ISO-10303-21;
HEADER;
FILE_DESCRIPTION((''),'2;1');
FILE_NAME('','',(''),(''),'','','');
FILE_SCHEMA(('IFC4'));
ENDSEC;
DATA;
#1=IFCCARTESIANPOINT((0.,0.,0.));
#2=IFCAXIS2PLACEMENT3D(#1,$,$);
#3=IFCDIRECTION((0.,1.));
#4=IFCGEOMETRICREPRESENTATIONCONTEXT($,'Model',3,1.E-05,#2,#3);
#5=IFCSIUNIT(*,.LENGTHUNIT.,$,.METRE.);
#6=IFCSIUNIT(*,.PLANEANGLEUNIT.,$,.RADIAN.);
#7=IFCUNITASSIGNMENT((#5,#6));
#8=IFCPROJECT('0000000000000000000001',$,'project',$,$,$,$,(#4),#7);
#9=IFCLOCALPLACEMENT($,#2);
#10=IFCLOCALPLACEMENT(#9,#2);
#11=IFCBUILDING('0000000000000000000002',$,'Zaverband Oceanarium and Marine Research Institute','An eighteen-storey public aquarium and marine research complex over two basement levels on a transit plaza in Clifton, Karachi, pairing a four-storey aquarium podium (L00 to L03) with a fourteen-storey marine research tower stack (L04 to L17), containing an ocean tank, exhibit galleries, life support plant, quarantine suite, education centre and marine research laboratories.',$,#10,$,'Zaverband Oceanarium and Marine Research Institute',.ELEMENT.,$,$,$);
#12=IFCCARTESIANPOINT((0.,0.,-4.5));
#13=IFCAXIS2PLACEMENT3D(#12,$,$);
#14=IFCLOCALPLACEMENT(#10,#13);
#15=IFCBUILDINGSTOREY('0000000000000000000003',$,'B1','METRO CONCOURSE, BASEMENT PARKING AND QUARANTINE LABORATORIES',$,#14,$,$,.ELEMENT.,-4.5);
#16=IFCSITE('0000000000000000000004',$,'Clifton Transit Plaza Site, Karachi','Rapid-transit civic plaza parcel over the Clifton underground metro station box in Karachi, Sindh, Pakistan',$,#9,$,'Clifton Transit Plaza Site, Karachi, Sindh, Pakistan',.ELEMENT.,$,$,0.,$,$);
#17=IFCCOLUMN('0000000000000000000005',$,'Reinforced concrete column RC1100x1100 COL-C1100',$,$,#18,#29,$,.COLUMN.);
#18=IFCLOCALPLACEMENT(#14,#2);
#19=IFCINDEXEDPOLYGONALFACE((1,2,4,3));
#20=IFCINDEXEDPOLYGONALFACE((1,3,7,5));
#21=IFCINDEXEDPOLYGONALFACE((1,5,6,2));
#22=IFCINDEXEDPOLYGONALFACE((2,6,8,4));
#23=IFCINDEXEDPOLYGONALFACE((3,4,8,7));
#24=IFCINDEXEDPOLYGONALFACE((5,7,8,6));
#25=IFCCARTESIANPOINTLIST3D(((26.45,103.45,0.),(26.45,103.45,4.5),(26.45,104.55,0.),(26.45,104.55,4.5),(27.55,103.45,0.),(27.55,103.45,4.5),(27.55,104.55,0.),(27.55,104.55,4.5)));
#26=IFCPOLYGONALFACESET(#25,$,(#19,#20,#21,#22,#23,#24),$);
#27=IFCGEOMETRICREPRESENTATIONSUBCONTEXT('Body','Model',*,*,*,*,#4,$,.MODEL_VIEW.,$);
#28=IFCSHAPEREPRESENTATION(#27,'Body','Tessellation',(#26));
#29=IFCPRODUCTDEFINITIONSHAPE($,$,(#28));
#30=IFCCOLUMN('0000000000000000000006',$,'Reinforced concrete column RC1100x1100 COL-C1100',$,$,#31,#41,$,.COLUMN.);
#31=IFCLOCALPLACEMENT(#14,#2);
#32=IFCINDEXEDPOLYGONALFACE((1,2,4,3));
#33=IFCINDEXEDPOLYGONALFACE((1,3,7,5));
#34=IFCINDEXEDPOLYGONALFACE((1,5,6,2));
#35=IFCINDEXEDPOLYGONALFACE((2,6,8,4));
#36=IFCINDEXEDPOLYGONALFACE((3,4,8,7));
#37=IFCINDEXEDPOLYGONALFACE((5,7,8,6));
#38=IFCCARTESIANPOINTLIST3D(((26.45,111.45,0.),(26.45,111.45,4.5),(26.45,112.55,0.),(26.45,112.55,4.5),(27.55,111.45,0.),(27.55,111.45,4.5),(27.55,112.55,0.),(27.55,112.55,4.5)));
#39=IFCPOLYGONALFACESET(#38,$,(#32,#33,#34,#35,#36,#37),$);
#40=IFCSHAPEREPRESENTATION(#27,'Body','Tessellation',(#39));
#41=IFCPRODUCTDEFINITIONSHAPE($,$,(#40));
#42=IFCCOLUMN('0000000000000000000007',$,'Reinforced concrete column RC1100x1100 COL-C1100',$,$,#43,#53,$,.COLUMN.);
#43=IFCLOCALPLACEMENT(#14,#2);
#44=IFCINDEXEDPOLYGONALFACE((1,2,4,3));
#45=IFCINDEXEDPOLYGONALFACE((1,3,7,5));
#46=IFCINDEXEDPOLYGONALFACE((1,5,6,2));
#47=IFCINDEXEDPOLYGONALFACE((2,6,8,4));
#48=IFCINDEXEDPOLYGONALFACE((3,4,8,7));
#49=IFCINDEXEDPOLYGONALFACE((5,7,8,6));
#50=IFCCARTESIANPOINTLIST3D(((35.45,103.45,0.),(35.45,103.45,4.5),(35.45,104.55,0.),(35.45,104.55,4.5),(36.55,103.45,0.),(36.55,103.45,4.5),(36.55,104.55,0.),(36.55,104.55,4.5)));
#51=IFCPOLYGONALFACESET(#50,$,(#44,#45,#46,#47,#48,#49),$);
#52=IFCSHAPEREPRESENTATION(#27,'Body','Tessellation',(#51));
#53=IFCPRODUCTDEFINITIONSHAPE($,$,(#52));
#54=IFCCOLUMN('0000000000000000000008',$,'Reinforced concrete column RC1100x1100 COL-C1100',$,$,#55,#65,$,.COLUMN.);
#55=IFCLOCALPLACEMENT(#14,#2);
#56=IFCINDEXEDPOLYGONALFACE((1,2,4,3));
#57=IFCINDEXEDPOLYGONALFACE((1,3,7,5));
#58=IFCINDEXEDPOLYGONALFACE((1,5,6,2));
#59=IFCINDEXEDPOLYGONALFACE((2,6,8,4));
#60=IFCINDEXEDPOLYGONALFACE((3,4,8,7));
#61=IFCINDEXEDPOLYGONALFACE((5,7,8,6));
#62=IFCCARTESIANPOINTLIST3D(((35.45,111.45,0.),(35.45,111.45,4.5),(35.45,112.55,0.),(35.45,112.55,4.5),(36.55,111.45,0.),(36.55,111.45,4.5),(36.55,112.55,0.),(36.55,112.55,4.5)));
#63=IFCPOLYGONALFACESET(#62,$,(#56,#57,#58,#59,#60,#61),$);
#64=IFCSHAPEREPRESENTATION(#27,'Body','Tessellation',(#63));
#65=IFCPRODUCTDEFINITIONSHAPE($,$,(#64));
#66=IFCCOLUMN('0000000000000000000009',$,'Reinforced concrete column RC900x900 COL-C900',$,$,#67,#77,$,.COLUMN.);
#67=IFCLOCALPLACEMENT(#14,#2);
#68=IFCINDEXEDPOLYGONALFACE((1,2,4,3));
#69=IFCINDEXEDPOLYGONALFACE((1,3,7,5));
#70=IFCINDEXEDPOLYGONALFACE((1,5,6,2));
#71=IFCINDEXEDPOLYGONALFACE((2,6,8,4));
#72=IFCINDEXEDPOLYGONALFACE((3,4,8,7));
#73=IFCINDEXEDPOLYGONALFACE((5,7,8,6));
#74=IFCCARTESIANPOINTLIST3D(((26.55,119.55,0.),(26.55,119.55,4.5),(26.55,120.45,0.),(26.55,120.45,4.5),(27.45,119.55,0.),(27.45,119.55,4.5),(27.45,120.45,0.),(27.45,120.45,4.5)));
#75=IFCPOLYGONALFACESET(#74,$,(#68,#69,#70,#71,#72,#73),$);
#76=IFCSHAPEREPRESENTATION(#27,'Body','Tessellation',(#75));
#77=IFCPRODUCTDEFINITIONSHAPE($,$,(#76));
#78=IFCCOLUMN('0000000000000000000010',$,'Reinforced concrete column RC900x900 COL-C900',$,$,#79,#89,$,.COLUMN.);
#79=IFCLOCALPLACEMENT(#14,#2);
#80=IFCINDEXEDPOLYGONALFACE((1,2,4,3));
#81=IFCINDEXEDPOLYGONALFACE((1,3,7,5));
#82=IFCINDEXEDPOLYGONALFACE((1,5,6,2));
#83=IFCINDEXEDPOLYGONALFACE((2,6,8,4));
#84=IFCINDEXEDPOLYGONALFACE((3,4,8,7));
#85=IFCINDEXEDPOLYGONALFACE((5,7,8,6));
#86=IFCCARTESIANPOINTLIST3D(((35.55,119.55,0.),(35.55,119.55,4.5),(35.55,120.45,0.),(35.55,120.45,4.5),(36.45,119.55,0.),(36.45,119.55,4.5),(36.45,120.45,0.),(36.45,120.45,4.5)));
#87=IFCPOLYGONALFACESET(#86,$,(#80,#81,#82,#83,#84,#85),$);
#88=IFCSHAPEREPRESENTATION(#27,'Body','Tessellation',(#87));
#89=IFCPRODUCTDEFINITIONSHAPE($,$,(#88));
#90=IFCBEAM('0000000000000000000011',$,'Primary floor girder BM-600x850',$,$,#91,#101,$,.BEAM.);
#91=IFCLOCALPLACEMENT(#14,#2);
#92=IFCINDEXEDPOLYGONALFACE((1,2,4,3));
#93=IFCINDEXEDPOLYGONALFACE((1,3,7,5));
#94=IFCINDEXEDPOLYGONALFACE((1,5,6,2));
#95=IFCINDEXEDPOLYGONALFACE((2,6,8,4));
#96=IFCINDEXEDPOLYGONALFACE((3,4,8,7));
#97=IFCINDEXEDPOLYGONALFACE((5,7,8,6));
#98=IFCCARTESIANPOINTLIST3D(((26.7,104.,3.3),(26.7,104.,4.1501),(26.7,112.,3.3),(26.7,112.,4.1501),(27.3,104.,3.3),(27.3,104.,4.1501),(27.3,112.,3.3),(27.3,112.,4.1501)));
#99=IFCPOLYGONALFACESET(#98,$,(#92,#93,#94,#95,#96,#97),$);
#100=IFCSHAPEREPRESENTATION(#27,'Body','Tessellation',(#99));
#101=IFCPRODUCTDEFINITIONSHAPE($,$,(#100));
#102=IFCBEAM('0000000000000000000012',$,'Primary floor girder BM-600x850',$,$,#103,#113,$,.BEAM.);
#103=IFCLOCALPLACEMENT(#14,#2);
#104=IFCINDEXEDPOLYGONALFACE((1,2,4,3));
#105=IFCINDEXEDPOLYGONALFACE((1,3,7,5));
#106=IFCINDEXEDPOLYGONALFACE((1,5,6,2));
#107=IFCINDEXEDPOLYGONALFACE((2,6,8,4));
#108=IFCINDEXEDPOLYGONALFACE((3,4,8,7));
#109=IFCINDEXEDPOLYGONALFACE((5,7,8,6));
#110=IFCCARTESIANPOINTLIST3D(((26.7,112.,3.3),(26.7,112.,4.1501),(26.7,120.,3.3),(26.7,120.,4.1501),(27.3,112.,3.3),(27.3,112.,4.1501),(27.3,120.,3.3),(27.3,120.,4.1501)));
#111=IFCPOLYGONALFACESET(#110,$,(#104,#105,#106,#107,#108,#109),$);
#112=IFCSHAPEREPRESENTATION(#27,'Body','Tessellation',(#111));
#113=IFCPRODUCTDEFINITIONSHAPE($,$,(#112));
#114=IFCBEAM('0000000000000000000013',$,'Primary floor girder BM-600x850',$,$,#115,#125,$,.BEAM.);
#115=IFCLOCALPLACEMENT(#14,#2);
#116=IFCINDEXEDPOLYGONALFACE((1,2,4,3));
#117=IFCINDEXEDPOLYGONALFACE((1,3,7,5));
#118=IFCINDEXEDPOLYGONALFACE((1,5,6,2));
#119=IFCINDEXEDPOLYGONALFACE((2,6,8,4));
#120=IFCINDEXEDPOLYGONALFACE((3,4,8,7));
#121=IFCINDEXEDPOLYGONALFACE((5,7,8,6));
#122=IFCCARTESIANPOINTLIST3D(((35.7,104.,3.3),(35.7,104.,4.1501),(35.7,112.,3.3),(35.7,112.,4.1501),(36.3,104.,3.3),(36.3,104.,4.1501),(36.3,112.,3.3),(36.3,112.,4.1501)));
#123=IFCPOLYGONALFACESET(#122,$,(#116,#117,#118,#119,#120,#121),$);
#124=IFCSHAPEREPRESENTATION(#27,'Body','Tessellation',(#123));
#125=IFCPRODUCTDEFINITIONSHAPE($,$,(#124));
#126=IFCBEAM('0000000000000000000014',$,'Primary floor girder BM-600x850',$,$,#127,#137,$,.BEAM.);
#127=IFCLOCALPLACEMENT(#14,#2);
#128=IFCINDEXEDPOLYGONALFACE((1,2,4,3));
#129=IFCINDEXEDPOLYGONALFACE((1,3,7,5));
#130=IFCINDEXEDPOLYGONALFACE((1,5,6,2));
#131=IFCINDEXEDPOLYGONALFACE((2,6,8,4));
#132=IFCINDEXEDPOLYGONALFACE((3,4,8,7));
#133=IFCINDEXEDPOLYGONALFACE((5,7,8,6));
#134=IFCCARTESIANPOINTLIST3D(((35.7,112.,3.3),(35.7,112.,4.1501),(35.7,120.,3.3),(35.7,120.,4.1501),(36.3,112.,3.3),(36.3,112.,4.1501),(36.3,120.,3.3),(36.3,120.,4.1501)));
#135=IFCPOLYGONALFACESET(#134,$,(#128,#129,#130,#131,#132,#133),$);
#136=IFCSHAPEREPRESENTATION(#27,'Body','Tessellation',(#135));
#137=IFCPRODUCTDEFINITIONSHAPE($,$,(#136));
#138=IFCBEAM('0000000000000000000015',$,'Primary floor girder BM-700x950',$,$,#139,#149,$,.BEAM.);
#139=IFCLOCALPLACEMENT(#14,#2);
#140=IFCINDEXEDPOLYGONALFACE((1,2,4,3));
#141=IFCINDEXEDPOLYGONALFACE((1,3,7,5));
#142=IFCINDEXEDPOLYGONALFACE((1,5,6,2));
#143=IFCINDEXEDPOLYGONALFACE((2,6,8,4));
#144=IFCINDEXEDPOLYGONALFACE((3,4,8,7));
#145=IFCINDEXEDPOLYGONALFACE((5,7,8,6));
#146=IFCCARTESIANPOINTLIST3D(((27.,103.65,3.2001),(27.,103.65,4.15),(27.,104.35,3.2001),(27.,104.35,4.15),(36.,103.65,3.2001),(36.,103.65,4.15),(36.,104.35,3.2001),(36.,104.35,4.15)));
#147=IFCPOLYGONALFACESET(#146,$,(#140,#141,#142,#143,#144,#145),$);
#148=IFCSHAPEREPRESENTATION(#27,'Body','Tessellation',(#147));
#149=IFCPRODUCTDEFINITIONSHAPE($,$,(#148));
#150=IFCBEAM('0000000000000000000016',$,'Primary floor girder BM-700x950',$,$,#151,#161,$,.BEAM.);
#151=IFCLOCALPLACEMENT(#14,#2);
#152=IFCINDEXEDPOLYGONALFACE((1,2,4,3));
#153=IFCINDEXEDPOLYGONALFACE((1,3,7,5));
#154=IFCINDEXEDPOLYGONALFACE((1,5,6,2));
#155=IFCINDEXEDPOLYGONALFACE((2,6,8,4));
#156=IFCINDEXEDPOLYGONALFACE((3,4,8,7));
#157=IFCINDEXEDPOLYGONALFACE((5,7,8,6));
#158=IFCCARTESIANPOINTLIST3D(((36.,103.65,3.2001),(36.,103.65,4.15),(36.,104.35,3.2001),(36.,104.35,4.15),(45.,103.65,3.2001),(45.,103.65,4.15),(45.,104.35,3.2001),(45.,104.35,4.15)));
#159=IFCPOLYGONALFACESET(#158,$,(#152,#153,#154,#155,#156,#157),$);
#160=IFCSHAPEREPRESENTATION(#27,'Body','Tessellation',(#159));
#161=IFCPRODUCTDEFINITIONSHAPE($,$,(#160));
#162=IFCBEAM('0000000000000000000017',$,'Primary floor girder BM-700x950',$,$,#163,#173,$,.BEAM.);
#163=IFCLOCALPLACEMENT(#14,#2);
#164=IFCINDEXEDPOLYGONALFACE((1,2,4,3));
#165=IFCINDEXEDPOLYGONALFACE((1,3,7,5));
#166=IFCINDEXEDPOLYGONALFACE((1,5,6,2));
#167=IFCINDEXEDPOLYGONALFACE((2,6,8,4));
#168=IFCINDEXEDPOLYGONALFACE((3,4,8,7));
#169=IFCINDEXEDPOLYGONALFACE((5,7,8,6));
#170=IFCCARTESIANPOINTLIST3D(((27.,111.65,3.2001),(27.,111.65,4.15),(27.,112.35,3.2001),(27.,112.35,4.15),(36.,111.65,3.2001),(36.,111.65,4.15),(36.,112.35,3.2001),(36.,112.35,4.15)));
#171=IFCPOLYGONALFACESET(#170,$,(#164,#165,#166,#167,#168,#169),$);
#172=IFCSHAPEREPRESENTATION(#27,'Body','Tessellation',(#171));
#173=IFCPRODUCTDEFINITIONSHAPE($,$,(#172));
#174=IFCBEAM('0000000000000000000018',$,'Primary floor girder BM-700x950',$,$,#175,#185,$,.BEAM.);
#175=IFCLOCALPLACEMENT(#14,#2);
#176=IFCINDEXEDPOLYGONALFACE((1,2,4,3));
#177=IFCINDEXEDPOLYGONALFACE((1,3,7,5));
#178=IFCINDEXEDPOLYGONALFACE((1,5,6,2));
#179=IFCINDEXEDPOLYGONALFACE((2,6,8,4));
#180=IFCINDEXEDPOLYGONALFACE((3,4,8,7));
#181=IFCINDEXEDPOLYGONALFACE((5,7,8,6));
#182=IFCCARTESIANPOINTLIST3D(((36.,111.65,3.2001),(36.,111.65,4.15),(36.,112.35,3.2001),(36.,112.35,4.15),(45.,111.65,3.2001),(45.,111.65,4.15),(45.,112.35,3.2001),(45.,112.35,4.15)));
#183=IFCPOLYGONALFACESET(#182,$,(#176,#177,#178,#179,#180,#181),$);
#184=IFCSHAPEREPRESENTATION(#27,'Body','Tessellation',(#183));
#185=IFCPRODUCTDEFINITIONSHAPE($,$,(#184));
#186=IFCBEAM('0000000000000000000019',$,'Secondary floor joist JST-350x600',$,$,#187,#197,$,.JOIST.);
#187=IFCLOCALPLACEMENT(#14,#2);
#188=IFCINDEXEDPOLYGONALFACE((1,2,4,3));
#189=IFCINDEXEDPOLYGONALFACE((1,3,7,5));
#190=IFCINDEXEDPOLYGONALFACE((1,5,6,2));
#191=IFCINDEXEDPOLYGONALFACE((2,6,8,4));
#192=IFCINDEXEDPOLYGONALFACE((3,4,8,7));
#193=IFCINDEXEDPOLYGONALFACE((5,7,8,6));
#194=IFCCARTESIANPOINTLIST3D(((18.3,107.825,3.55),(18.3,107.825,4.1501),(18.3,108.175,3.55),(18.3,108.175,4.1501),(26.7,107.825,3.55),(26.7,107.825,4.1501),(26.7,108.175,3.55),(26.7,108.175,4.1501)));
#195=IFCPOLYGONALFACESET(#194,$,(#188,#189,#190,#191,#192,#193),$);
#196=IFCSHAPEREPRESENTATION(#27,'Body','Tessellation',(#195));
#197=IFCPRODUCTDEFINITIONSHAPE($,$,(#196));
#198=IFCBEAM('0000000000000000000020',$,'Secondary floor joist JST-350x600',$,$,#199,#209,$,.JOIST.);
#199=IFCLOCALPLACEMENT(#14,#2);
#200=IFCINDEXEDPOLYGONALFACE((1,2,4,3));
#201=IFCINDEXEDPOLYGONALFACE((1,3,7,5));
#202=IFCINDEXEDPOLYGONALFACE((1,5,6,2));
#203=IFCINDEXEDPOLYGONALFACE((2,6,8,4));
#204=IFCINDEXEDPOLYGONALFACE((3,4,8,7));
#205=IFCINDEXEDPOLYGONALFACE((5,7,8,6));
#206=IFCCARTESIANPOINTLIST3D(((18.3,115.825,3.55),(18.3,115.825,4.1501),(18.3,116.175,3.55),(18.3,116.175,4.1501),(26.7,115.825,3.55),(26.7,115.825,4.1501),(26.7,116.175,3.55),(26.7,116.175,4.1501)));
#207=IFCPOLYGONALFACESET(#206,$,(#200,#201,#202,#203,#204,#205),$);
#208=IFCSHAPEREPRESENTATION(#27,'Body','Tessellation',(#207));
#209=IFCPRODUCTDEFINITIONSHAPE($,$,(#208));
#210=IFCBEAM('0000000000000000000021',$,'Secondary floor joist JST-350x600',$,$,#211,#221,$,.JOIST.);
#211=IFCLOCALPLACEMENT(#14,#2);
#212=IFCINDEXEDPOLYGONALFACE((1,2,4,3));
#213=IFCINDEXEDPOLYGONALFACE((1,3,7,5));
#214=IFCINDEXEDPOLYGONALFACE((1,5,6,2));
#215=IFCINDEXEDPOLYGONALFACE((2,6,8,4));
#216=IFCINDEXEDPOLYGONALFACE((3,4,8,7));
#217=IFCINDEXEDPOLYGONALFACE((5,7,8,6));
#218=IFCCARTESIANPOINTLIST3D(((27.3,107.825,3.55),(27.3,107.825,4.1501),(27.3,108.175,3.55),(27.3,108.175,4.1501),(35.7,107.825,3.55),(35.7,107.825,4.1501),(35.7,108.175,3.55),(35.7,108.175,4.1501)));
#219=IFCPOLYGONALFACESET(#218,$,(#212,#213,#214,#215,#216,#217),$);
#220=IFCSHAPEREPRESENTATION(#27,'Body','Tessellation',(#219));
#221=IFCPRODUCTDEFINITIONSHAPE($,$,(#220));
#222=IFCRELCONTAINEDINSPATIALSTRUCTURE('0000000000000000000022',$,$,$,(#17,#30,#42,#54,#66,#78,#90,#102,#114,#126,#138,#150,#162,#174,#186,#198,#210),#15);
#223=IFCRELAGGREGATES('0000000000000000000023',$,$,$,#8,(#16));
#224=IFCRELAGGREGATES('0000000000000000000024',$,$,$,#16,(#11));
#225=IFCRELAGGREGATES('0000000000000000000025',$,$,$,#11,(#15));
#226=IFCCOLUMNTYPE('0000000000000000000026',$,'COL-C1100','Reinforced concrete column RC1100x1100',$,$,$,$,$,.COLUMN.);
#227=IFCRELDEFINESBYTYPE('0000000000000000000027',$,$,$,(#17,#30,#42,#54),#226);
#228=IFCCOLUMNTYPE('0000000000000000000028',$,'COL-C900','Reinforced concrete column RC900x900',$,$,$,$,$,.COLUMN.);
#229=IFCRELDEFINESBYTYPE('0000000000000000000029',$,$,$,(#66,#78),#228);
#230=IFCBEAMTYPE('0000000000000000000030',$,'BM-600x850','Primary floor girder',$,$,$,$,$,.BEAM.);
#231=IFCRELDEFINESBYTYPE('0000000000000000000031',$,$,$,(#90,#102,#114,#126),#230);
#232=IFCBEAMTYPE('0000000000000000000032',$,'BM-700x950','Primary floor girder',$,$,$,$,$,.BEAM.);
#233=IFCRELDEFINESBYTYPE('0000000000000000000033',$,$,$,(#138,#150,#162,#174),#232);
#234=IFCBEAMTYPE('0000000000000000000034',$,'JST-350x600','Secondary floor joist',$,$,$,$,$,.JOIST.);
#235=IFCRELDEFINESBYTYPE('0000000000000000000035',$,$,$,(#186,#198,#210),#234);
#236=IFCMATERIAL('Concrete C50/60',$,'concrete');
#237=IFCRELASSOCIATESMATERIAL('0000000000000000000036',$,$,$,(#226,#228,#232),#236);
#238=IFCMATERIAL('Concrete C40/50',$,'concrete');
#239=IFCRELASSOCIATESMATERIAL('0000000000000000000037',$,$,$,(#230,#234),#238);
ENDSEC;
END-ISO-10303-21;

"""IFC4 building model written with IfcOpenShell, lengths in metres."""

from ifc_helpers import new_model, si_unit, direction, frame, origin, origin_2d, place, context, subcontext, project, spatial, rectangle, extrude, material, material_profile, profile_set, type_object, element, save


model = new_model("IFC4")

# Units and contexts
model_context = context("Model", 3, precision=1e-05, world=origin(), true_north=direction((0.0, 1.0)))
body_context = subcontext(model_context, "Body", "Model", "MODEL_VIEW")
ifc_project = project(units=[si_unit("LENGTHUNIT", "METRE"), si_unit("PLANEANGLEUNIT", "RADIAN")], contexts=[model_context])

# Site, building, storey
site_placement = place(None, origin())
site = spatial("IfcSite", under=ifc_project, at=site_placement, Name="Clifton Transit Plaza Site, Karachi", Description="Rapid-transit civic plaza parcel over the Clifton underground metro station box in Karachi, Sindh, Pakistan", LongName="Clifton Transit Plaza Site, Karachi, Sindh, Pakistan", CompositionType="ELEMENT", RefElevation=0.0)
building_placement = place(site_placement, origin())
building = spatial("IfcBuilding", under=site, at=building_placement, Name="Zaverband Oceanarium and Marine Research Institute", Description="An eighteen-storey public aquarium and marine research complex over two basement levels on a transit plaza in Clifton, Karachi, pairing a four-storey aquarium podium (L00 to L03) with a fourteen-storey marine research tower stack (L04 to L17), containing an ocean tank, exhibit galleries, life support plant, quarantine suite, education centre and marine research laboratories.", LongName="Zaverband Oceanarium and Marine Research Institute", CompositionType="ELEMENT")
storey_placement = place(building_placement, frame((0.0, 0.0, -4.5)))
storey = spatial("IfcBuildingStorey", under=building, at=storey_placement, Name="B1", Description="METRO CONCOURSE, BASEMENT PARKING AND QUARANTINE LABORATORIES", CompositionType="ELEMENT", Elevation=-4.5)

# Columns
ifc_material_1 = material(Name="Concrete C50/60", Category="concrete")
ifc_material_profile_1 = material_profile(ifc_material_1, rectangle(XDim=1.1001, YDim=1.1001, at=origin_2d()), Name="RC1100x1100")
ifc_profile_set_1 = profile_set([ifc_material_profile_1], Name="Concrete C50/60")
column_type_1 = type_object("IfcColumnType", Name="COL-C1100", Description="Reinforced concrete column RC1100x1100", PredefinedType="COLUMN", material=ifc_profile_set_1)
for number, where, z_axis, x_axis, name in (
    (1, (27.0, 104.0, 0.0), (0.0, 0.0, 1.0), (1.0, 0.0, 0.0), "Reinforced concrete column RC1100x1100 COL-C1100"),
    (2, (27.0, 112.0, 0.0), (0.0, 0.0, 1.0), (1.0, 0.0, 0.0), "Reinforced concrete column RC1100x1100 COL-C1100"),
    (3, (36.0, 104.0, 0.0), (0.0, 0.0, 1.0), (1.0, 0.0, 0.0), "Reinforced concrete column RC1100x1100 COL-C1100"),
    (4, (36.0, 112.0, 0.0), (0.0, 0.0, 1.0), (1.0, 0.0, 0.0), "Reinforced concrete column RC1100x1100 COL-C1100"),
):
    element("IfcColumn", number, at=place(storey_placement, frame(where, z_axis=z_axis, x_axis=x_axis)), inside=storey, type_object=column_type_1, Name=name, PredefinedType="COLUMN", context=body_context, shape_type="SweptSolid", body=[
        extrude(rectangle(XDim=1.1001, YDim=1.1001, at=origin_2d()), origin(), (0.0, 0.0, 1.0), 4.5),
    ])
ifc_material_profile_2 = material_profile(ifc_material_1, rectangle(XDim=0.8999, YDim=0.8999, at=origin_2d()), Name="RC900x900")
ifc_profile_set_2 = profile_set([ifc_material_profile_2], Name="Concrete C50/60")
column_type_2 = type_object("IfcColumnType", Name="COL-C900", Description="Reinforced concrete column RC900x900", PredefinedType="COLUMN", material=ifc_profile_set_2)
for number, where, z_axis, x_axis, name in (
    (5, (27.0, 120.0, 0.0), (0.0, 0.0, 1.0), (1.0, 0.0, 0.0), "Reinforced concrete column RC900x900 COL-C900"),
    (6, (36.0, 120.0, 0.0), (0.0, 0.0, 1.0), (1.0, 0.0, 0.0), "Reinforced concrete column RC900x900 COL-C900"),
):
    element("IfcColumn", number, at=place(storey_placement, frame(where, z_axis=z_axis, x_axis=x_axis)), inside=storey, type_object=column_type_2, Name=name, PredefinedType="COLUMN", context=body_context, shape_type="SweptSolid", body=[
        extrude(rectangle(XDim=0.8999, YDim=0.8999, at=origin_2d()), origin(), (0.0, 0.0, 1.0), 4.5),
    ])

# Beams
ifc_material_2 = material(Name="Concrete C40/50", Category="concrete")
ifc_material_profile_3 = material_profile(ifc_material_2, rectangle(XDim=0.6001, YDim=0.8501, at=origin_2d()), Name="RC600x850")
ifc_profile_set_3 = profile_set([ifc_material_profile_3], Name="Concrete C40/50")
beam_type_1 = type_object("IfcBeamType", Name="BM-600x850", Description="Primary floor girder", PredefinedType="BEAM", material=ifc_profile_set_3)
for number, where, z_axis, x_axis, name in (
    (7, (27.0, 104.0, 3.7251), (0.0, 1.0, 0.0), (-1.0, 0.0, 0.0), "Primary floor girder BM-600x850"),
    (8, (27.0, 112.0, 3.7251), (0.0, 1.0, 0.0), (-1.0, 0.0, 0.0), "Primary floor girder BM-600x850"),
    (9, (36.0, 104.0, 3.7251), (0.0, 1.0, 0.0), (-1.0, 0.0, 0.0), "Primary floor girder BM-600x850"),
    (10, (36.0, 112.0, 3.7251), (0.0, 1.0, 0.0), (-1.0, 0.0, 0.0), "Primary floor girder BM-600x850"),
):
    element("IfcBeam", number, at=place(storey_placement, frame(where, z_axis=z_axis, x_axis=x_axis)), inside=storey, type_object=beam_type_1, Name=name, PredefinedType="BEAM", context=body_context, shape_type="SweptSolid", body=[
        extrude(rectangle(XDim=0.6001, YDim=0.8501, at=origin_2d()), origin(), (0.0, 0.0, 1.0), 8.0),
    ])
ifc_material_profile_4 = material_profile(ifc_material_1, rectangle(XDim=0.7, YDim=0.95, at=origin_2d()), Name="RC700x950")
ifc_profile_set_4 = profile_set([ifc_material_profile_4], Name="Concrete C50/60")
beam_type_2 = type_object("IfcBeamType", Name="BM-700x950", Description="Primary floor girder", PredefinedType="BEAM", material=ifc_profile_set_4)
for number, where, z_axis, x_axis, name in (
    (11, (27.0, 104.0, 3.675), (1.0, 0.0, 0.0), (0.0, 1.0, 0.0), "Primary floor girder BM-700x950"),
    (12, (36.0, 104.0, 3.675), (1.0, 0.0, 0.0), (0.0, 1.0, 0.0), "Primary floor girder BM-700x950"),
    (13, (27.0, 112.0, 3.675), (1.0, 0.0, 0.0), (0.0, 1.0, 0.0), "Primary floor girder BM-700x950"),
    (14, (36.0, 112.0, 3.675), (1.0, 0.0, 0.0), (0.0, 1.0, 0.0), "Primary floor girder BM-700x950"),
):
    element("IfcBeam", number, at=place(storey_placement, frame(where, z_axis=z_axis, x_axis=x_axis)), inside=storey, type_object=beam_type_2, Name=name, PredefinedType="BEAM", context=body_context, shape_type="SweptSolid", body=[
        extrude(rectangle(XDim=0.7, YDim=0.95, at=origin_2d()), origin(), (0.0, 0.0, 1.0), 9.0),
    ])
ifc_material_profile_5 = material_profile(ifc_material_2, rectangle(XDim=0.3501, YDim=0.6001, at=origin_2d()), Name="RC350x600")
ifc_profile_set_5 = profile_set([ifc_material_profile_5], Name="Concrete C40/50")
beam_type_3 = type_object("IfcBeamType", Name="JST-350x600", Description="Secondary floor joist", PredefinedType="JOIST", material=ifc_profile_set_5)
for number, where, z_axis, x_axis, name in (
    (15, (18.3, 108.0, 3.8501), (1.0, 0.0, 0.0), (0.0, 1.0, 0.0), "Secondary floor joist JST-350x600"),
    (16, (18.3, 116.0, 3.8501), (1.0, 0.0, 0.0), (0.0, 1.0, 0.0), "Secondary floor joist JST-350x600"),
    (17, (27.3, 108.0, 3.8501), (1.0, 0.0, 0.0), (0.0, 1.0, 0.0), "Secondary floor joist JST-350x600"),
):
    element("IfcBeam", number, at=place(storey_placement, frame(where, z_axis=z_axis, x_axis=x_axis)), inside=storey, type_object=beam_type_3, Name=name, PredefinedType="JOIST", context=body_context, shape_type="SweptSolid", body=[
        extrude(rectangle(XDim=0.3501, YDim=0.6001, at=origin_2d()), origin(), (0.0, 0.0, 1.0), 8.3999),
    ])

save(model, "model.ifc")
